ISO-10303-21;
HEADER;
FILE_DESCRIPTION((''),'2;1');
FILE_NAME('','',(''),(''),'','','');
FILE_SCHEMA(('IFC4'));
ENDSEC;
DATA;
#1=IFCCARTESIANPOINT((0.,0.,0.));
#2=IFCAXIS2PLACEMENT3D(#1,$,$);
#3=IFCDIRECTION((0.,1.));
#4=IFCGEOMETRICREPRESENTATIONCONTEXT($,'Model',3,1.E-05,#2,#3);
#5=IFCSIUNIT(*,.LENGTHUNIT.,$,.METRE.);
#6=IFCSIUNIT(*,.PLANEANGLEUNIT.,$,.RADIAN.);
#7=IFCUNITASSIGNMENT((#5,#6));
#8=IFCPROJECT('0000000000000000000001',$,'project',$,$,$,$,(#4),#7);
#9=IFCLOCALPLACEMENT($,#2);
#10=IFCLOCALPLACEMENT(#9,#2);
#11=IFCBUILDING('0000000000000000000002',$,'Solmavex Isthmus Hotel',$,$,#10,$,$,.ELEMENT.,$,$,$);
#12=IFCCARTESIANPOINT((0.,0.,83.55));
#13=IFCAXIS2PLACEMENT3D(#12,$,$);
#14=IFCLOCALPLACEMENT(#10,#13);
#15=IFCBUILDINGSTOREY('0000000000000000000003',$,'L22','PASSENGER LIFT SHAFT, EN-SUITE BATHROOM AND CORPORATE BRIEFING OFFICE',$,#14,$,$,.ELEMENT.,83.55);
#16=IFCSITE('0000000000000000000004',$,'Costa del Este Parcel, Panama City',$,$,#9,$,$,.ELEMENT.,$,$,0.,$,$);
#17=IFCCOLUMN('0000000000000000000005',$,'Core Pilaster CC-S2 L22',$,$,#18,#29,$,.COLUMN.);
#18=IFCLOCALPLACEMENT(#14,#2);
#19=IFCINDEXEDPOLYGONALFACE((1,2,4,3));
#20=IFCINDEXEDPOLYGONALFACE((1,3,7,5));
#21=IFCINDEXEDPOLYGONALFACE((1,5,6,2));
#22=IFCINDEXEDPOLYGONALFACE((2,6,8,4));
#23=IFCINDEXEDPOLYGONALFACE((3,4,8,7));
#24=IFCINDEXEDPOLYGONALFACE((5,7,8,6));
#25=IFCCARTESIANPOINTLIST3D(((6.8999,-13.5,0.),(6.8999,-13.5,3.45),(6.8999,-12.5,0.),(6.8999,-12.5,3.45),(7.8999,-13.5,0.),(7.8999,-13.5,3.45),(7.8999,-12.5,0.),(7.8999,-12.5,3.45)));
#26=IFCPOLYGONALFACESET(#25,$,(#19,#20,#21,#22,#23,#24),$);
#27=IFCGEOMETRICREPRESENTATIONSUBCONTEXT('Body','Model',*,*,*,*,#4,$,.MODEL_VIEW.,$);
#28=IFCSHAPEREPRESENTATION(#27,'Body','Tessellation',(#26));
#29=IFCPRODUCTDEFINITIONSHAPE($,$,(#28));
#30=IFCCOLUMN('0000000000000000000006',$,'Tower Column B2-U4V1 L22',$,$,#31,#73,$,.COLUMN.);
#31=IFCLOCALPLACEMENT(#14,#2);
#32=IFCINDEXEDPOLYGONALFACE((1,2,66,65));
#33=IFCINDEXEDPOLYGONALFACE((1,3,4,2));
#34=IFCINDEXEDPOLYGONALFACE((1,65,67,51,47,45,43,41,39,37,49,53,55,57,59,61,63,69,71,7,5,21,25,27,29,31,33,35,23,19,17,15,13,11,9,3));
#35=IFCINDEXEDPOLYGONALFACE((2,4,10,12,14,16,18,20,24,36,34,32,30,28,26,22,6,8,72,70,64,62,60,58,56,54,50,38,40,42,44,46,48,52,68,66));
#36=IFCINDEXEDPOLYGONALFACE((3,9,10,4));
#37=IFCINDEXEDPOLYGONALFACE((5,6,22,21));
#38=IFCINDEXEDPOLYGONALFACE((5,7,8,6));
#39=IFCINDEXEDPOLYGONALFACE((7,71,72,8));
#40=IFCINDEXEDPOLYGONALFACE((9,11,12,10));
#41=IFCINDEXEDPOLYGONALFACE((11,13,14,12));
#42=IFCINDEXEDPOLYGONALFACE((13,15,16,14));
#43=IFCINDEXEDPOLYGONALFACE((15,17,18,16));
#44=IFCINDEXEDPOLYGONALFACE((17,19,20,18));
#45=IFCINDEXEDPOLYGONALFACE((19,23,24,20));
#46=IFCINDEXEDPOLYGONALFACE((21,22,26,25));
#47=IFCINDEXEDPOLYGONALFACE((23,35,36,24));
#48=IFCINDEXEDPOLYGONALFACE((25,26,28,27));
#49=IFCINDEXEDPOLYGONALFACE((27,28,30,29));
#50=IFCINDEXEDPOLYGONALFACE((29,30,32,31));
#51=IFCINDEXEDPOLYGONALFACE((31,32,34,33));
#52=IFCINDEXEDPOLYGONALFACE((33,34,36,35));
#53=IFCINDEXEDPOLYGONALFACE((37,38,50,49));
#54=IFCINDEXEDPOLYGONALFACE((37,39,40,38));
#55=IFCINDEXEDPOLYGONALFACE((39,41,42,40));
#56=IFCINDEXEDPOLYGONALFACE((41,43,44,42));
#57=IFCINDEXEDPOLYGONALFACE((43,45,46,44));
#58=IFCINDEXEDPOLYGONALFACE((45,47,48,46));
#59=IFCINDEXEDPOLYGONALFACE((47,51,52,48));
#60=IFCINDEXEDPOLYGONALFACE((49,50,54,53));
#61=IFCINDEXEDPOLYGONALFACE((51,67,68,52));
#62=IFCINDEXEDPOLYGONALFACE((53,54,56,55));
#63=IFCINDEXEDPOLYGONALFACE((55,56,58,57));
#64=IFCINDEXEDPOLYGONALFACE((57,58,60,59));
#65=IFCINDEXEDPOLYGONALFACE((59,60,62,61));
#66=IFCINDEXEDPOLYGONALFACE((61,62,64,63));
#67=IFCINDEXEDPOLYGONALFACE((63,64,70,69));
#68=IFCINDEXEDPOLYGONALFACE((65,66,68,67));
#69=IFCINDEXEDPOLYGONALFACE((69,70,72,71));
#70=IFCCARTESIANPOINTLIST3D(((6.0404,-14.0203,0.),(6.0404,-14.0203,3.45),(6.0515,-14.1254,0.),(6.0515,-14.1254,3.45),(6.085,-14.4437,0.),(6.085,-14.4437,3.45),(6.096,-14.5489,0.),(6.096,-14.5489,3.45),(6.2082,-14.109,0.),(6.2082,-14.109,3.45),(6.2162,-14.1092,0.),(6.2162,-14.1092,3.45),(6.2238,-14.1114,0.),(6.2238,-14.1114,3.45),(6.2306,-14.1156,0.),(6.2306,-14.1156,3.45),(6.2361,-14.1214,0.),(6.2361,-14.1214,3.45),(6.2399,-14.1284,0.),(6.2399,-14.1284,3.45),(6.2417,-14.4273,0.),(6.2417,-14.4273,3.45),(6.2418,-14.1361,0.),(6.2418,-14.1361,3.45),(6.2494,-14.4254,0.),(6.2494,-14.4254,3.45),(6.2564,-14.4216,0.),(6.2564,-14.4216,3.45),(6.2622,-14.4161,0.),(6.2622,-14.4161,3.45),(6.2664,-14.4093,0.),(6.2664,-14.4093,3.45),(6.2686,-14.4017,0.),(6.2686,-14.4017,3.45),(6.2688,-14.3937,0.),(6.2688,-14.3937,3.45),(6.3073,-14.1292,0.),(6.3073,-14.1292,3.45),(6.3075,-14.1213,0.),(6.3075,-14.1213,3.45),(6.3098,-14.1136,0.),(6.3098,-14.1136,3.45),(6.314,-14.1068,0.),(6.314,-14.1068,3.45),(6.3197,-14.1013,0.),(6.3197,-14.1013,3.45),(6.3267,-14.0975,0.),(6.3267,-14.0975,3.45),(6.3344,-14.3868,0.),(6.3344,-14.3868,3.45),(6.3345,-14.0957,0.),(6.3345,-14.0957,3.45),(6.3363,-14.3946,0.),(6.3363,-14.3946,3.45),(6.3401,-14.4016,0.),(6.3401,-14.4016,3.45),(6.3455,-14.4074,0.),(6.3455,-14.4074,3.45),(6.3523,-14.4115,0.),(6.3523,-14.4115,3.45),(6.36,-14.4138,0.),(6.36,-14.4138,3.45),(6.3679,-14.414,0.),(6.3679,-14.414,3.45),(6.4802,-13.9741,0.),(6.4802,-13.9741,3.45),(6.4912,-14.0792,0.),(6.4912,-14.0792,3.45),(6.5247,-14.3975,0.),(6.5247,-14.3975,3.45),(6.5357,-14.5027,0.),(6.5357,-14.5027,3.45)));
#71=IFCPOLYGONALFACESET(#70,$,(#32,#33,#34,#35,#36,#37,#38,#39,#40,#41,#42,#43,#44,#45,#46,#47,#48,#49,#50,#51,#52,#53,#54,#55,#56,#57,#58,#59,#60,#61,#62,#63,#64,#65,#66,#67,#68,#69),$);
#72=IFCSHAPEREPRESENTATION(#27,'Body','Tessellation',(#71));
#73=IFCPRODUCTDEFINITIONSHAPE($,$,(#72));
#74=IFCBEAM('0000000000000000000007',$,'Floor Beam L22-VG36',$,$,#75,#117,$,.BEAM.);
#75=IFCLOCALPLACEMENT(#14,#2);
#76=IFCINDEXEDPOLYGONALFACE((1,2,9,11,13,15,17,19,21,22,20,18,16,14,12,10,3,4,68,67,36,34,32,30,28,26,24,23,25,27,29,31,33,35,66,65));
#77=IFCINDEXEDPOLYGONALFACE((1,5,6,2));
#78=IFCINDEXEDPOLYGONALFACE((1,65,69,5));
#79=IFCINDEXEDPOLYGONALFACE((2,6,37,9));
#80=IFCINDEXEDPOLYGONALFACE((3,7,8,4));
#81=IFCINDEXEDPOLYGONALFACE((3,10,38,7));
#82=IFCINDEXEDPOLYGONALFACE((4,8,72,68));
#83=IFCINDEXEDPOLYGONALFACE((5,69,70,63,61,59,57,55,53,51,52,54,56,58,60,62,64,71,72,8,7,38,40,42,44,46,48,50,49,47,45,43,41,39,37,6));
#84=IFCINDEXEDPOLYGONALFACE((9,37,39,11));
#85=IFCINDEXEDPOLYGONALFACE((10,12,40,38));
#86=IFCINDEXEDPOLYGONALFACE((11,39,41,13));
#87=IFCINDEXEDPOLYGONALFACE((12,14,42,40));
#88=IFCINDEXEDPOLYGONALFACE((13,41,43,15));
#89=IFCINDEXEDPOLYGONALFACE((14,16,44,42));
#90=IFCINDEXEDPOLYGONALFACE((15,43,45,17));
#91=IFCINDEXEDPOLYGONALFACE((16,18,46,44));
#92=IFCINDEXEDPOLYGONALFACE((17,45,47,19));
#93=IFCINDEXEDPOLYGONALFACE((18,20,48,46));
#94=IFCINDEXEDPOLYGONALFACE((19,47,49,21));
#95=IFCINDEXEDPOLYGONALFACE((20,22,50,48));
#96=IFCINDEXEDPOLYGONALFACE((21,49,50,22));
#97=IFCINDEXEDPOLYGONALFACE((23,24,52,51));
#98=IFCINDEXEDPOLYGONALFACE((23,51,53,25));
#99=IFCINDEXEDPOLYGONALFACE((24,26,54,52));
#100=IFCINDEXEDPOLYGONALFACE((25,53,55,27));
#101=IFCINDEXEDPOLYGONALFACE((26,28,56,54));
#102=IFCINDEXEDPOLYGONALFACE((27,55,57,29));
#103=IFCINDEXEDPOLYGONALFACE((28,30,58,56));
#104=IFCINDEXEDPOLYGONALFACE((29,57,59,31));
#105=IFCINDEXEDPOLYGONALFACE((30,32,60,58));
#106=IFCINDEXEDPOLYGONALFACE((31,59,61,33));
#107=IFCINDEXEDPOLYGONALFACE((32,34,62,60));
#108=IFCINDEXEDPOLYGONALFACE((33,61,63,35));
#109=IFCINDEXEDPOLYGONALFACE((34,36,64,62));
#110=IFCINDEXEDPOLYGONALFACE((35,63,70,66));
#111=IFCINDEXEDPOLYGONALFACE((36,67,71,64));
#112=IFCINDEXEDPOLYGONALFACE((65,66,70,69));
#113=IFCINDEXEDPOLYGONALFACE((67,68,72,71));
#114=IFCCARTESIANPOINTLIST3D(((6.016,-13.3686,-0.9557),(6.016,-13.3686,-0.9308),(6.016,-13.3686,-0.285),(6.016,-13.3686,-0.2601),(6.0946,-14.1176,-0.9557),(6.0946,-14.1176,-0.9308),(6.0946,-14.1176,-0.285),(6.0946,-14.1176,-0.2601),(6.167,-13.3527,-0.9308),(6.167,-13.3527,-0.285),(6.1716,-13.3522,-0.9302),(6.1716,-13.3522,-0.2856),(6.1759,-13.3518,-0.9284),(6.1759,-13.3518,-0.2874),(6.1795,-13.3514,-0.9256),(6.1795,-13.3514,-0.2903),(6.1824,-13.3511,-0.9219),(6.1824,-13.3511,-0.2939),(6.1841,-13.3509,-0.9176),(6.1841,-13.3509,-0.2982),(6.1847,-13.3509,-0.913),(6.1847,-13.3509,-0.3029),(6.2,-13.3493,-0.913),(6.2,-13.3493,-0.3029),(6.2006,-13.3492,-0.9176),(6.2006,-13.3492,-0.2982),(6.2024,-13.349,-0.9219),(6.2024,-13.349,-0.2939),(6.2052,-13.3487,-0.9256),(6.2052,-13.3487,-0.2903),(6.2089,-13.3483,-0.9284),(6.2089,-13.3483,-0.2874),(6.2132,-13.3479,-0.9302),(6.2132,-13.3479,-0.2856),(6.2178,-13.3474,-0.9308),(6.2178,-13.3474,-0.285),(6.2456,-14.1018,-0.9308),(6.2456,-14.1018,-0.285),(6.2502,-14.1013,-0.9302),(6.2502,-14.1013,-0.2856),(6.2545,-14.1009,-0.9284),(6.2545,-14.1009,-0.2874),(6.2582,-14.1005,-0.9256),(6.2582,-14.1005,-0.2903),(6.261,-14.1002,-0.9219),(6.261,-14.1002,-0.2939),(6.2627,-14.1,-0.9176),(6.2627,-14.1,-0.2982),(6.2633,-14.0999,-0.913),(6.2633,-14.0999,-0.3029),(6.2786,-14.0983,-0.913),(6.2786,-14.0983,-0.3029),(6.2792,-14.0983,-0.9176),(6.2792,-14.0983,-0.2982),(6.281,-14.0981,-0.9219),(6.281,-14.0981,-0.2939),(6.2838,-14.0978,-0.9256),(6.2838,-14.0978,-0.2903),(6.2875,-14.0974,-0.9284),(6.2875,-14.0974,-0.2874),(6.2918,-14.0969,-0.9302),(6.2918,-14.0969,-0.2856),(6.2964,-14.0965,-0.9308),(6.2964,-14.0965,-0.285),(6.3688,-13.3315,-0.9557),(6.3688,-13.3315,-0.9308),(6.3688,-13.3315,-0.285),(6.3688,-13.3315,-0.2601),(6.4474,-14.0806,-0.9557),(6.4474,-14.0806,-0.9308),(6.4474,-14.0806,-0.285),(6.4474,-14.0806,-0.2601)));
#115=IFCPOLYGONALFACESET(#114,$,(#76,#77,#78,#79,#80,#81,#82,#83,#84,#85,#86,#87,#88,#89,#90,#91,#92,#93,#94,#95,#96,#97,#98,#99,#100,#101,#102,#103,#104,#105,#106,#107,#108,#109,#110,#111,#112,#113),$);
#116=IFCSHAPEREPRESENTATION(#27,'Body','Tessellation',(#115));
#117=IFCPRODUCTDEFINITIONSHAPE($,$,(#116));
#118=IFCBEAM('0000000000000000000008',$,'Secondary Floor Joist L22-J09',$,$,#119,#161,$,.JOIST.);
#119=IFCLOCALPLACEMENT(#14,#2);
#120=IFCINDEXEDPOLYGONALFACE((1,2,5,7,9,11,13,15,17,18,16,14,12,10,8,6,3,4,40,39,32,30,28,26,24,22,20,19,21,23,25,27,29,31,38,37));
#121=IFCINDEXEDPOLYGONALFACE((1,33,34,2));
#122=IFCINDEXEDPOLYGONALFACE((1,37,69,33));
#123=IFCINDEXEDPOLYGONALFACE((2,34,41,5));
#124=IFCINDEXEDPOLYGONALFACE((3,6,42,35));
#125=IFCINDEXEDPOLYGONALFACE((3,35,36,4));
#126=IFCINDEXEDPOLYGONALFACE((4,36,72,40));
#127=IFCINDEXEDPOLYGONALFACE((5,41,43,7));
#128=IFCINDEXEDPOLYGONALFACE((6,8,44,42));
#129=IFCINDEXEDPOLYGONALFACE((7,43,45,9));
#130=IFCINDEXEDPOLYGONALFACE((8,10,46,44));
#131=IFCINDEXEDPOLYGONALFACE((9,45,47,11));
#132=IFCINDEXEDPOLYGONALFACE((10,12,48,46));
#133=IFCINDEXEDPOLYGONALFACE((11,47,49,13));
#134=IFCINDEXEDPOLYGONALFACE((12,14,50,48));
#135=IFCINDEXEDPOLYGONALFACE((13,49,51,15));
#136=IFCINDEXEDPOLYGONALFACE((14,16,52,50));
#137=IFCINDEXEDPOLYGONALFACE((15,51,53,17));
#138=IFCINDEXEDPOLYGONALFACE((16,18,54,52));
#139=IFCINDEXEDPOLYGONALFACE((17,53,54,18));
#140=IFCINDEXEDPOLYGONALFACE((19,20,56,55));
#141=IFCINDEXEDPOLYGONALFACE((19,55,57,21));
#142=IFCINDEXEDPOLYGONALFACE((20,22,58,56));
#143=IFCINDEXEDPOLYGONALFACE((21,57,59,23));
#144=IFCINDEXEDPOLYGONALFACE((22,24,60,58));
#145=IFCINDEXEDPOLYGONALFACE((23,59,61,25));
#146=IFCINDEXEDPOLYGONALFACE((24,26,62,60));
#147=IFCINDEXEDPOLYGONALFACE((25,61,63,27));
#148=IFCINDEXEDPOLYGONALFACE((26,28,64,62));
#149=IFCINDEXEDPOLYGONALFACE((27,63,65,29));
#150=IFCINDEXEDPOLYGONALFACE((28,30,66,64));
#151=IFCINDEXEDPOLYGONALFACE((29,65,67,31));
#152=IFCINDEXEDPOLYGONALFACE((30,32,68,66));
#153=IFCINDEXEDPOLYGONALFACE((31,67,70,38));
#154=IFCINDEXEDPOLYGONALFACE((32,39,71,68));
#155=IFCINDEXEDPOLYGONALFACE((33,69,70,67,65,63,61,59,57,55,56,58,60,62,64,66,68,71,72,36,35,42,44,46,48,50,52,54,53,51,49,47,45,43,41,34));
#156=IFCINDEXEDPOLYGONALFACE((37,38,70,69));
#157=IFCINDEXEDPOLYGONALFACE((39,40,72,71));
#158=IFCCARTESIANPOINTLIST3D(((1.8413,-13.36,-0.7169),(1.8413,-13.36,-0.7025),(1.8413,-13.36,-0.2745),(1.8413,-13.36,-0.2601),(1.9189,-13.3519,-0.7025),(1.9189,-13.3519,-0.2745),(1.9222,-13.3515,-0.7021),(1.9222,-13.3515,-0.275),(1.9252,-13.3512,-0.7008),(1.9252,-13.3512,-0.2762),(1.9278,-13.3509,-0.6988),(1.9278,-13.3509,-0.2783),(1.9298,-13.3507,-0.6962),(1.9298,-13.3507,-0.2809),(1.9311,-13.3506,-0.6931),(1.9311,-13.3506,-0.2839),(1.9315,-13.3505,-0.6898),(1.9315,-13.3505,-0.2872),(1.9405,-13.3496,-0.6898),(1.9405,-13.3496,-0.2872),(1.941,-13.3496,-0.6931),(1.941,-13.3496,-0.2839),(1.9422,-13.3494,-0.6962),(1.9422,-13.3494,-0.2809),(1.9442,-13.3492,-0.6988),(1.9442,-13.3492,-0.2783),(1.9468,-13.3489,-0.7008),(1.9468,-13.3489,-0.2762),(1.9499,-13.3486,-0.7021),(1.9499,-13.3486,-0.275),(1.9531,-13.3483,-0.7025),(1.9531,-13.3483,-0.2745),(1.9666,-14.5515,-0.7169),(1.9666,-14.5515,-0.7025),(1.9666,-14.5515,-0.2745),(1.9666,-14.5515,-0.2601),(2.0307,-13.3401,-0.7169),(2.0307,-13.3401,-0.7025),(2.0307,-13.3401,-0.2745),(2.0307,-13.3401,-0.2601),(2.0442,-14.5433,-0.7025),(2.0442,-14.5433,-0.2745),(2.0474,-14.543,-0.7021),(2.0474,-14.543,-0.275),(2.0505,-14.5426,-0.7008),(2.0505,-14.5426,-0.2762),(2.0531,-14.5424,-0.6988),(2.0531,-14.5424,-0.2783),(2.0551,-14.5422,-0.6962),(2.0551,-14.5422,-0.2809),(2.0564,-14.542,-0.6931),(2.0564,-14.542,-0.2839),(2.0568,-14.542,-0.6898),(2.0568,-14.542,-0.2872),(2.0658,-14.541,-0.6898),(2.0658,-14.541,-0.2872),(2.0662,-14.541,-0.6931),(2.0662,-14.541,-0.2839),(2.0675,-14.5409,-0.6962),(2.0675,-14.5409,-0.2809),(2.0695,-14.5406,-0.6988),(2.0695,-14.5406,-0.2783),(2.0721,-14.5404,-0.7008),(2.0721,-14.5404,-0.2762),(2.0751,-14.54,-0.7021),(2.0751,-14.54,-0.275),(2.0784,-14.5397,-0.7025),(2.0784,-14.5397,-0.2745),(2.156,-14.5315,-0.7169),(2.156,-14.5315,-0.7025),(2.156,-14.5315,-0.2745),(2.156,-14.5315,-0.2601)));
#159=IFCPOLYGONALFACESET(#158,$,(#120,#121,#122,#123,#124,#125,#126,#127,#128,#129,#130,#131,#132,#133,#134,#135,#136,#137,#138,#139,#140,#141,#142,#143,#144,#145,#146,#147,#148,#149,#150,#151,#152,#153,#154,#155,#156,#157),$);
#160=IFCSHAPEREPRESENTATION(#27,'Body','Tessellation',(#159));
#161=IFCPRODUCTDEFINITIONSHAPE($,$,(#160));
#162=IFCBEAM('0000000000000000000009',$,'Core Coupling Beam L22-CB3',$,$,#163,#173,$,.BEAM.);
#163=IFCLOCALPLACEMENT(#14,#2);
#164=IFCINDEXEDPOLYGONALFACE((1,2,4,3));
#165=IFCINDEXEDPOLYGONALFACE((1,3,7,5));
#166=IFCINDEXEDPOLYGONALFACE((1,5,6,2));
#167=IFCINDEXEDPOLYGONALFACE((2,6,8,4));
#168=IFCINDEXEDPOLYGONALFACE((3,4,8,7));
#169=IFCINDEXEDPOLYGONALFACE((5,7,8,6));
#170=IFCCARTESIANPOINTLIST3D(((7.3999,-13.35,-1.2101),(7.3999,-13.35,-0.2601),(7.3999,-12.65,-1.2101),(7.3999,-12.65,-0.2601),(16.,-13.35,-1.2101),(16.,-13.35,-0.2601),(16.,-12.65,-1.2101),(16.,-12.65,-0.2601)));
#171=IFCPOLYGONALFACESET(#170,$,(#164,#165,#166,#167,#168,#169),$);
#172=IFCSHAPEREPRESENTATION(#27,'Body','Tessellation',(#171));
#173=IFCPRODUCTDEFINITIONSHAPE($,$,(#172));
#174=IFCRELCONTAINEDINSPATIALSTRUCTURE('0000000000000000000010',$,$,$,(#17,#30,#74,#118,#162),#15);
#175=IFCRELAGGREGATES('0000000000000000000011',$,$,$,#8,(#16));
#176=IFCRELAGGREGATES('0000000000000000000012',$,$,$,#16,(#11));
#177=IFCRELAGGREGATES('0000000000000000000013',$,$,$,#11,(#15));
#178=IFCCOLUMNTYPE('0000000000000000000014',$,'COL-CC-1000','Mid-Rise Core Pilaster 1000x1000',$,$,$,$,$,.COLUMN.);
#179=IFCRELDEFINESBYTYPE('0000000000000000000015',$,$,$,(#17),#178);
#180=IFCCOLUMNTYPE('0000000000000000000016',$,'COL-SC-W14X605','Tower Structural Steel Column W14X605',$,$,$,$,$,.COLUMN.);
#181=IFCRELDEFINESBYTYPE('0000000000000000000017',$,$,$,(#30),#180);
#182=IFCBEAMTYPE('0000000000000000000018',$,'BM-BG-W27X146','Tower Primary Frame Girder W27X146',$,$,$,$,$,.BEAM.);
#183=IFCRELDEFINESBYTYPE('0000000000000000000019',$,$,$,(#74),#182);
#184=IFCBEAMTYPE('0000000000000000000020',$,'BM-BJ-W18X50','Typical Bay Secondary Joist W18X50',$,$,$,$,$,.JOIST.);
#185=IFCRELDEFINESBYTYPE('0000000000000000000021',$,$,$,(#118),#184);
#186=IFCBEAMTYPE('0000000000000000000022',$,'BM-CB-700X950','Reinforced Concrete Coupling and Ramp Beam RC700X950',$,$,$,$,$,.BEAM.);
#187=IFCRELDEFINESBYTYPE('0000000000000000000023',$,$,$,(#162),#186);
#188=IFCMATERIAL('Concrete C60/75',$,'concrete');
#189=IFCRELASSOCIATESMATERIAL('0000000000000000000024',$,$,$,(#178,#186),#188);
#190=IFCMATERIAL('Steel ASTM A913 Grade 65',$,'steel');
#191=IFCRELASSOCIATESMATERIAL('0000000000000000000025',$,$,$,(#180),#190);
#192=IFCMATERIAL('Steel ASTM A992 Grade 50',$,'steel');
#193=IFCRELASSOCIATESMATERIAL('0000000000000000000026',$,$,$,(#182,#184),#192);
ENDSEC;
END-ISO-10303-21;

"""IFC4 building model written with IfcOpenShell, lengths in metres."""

from ifc_helpers import new_model, si_unit, direction, frame, origin, origin_2d, place, context, subcontext, project, spatial, rectangle, i_section, extrude, material, material_profile, profile_set, type_object, element, save


model = new_model("IFC4")

# Units and contexts
model_context = context("Model", 3, precision=1e-05, world=origin(), true_north=direction((0.0, 1.0)))
body_context = subcontext(model_context, "Body", "Model", "MODEL_VIEW")
ifc_project = project(units=[si_unit("LENGTHUNIT", "METRE"), si_unit("PLANEANGLEUNIT", "RADIAN")], contexts=[model_context])

# Site, building, storey
site_placement = place(None, origin())
site = spatial("IfcSite", under=ifc_project, at=site_placement, Name="Costa del Este Parcel, Panama City", CompositionType="ELEMENT", RefElevation=0.0)
building_placement = place(site_placement, origin())
building = spatial("IfcBuilding", under=site, at=building_placement, Name="Solmavex Isthmus Hotel", CompositionType="ELEMENT")
storey_placement = place(building_placement, frame((0.0, 0.0, 83.55)))
storey = spatial("IfcBuildingStorey", under=building, at=storey_placement, Name="L22", Description="PASSENGER LIFT SHAFT, EN-SUITE BATHROOM AND CORPORATE BRIEFING OFFICE", CompositionType="ELEMENT", Elevation=83.55)

# Columns
ifc_material_1 = material(Name="Concrete C60/75", Category="concrete")
ifc_material_profile_1 = material_profile(ifc_material_1, rectangle(XDim=1.0, YDim=1.0, at=origin_2d()), Name="RC1000X1000")
ifc_profile_set_1 = profile_set([ifc_material_profile_1], Name="Concrete C60/75")
column_type_1 = type_object("IfcColumnType", Name="COL-CC-1000", Description="Mid-Rise Core Pilaster 1000x1000", PredefinedType="COLUMN", material=ifc_profile_set_1)
column_1_placement = place(storey_placement, frame((7.3999, -13.0, 0.0), z_axis=(0.0, 0.0, 1.0), x_axis=(1.0, 0.0, 0.0)))
element("IfcColumn", 1, at=column_1_placement, inside=storey, type_object=column_type_1, Name="Core Pilaster CC-S2 L22", PredefinedType="COLUMN", context=body_context, shape_type="SweptSolid", body=[
    extrude(rectangle(XDim=1.0, YDim=1.0, at=origin_2d()), origin(), (0.0, 0.0, 1.0), 3.45),
])
ifc_material_2 = material(Name="Steel ASTM A913 Grade 65", Category="steel")
ifc_material_profile_2 = material_profile(ifc_material_2, i_section(OverallWidth=0.4421, OverallDepth=0.5315, WebThickness=0.0659, FlangeThickness=0.1057, FilletRadius=0.0305, at=origin_2d()), Name="W14X605")
ifc_profile_set_2 = profile_set([ifc_material_profile_2], Name="Steel ASTM A913 Grade 65")
column_type_2 = type_object("IfcColumnType", Name="COL-SC-W14X605", Description="Tower Structural Steel Column W14X605", PredefinedType="COLUMN", material=ifc_profile_set_2)
column_2_placement = place(storey_placement, frame((6.2881, -14.2615, 0.0), z_axis=(0.0, 0.0, 1.0), x_axis=(0.994522, 0.104528, 0.0)))
element("IfcColumn", 2, at=column_2_placement, inside=storey, type_object=column_type_2, Name="Tower Column B2-U4V1 L22", PredefinedType="COLUMN", context=body_context, shape_type="SweptSolid", body=[
    extrude(i_section(OverallWidth=0.4421, OverallDepth=0.5315, WebThickness=0.0659, FlangeThickness=0.1057, FilletRadius=0.0305, at=origin_2d()), origin(), (0.0, 0.0, 1.0), 3.45),
])

# Beams
ifc_material_3 = material(Name="Steel ASTM A992 Grade 50", Category="steel")
ifc_material_profile_3 = material_profile(ifc_material_3, i_section(OverallWidth=0.3547, OverallDepth=0.6956, WebThickness=0.0154, FlangeThickness=0.0249, FilletRadius=0.0178, at=origin_2d()), Name="W27X146")
ifc_profile_set_3 = profile_set([ifc_material_profile_3], Name="Steel ASTM A992 Grade 50")
beam_type_1 = type_object("IfcBeamType", Name="BM-BG-W27X146", Description="Tower Primary Frame Girder W27X146", PredefinedType="BEAM", material=ifc_profile_set_3)
beam_1_placement = place(storey_placement, frame((6.271, -14.0991, -0.6079), z_axis=(-0.104381, 0.994537, 0.0), x_axis=(-0.994537, -0.104381, 0.0)))
element("IfcBeam", 3, at=beam_1_placement, inside=storey, type_object=beam_type_1, Name="Floor Beam L22-VG36", PredefinedType="BEAM", context=body_context, shape_type="SweptSolid", body=[
    extrude(i_section(OverallWidth=0.3547, OverallDepth=0.6956, WebThickness=0.0154, FlangeThickness=0.0249, FilletRadius=0.0178, at=origin_2d()), origin(), (0.0, 0.0, 1.0), 0.7532),
])
ifc_material_profile_4 = material_profile(ifc_material_3, i_section(OverallWidth=0.1904, OverallDepth=0.4568, WebThickness=0.009, FlangeThickness=0.0144, FilletRadius=0.0127, at=origin_2d()), Name="W18X50")
ifc_profile_set_4 = profile_set([ifc_material_profile_4], Name="Steel ASTM A992 Grade 50")
beam_type_2 = type_object("IfcBeamType", Name="BM-BJ-W18X50", Description="Typical Bay Secondary Joist W18X50", PredefinedType="JOIST", material=ifc_profile_set_4)
beam_2_placement = place(storey_placement, frame((2.0613, -14.5415, -0.4885), z_axis=(-0.104547, 0.99452, 0.0), x_axis=(-0.99452, -0.104547, 0.0)))
element("IfcBeam", 4, at=beam_2_placement, inside=storey, type_object=beam_type_2, Name="Secondary Floor Joist L22-J09", PredefinedType="JOIST", context=body_context, shape_type="SweptSolid", body=[
    extrude(i_section(OverallWidth=0.1904, OverallDepth=0.4568, WebThickness=0.009, FlangeThickness=0.0144, FilletRadius=0.0127, at=origin_2d()), origin(), (0.0, 0.0, 1.0), 1.198),
])
ifc_material_profile_5 = material_profile(ifc_material_1, rectangle(XDim=0.7, YDim=0.95, at=origin_2d()), Name="RC700X950")
ifc_profile_set_5 = profile_set([ifc_material_profile_5], Name="Concrete C60/75")
beam_type_3 = type_object("IfcBeamType", Name="BM-CB-700X950", Description="Reinforced Concrete Coupling and Ramp Beam RC700X950", PredefinedType="BEAM", material=ifc_profile_set_5)
beam_3_placement = place(storey_placement, frame((7.3999, -13.0, -0.7351), z_axis=(1.0, 0.0, 0.0), x_axis=(0.0, 1.0, 0.0)))
element("IfcBeam", 5, at=beam_3_placement, inside=storey, type_object=beam_type_3, Name="Core Coupling Beam L22-CB3", PredefinedType="BEAM", context=body_context, shape_type="SweptSolid", body=[
    extrude(rectangle(XDim=0.7, YDim=0.95, at=origin_2d()), origin(), (0.0, 0.0, 1.0), 8.6001),
])

save(model, "model.ifc")
